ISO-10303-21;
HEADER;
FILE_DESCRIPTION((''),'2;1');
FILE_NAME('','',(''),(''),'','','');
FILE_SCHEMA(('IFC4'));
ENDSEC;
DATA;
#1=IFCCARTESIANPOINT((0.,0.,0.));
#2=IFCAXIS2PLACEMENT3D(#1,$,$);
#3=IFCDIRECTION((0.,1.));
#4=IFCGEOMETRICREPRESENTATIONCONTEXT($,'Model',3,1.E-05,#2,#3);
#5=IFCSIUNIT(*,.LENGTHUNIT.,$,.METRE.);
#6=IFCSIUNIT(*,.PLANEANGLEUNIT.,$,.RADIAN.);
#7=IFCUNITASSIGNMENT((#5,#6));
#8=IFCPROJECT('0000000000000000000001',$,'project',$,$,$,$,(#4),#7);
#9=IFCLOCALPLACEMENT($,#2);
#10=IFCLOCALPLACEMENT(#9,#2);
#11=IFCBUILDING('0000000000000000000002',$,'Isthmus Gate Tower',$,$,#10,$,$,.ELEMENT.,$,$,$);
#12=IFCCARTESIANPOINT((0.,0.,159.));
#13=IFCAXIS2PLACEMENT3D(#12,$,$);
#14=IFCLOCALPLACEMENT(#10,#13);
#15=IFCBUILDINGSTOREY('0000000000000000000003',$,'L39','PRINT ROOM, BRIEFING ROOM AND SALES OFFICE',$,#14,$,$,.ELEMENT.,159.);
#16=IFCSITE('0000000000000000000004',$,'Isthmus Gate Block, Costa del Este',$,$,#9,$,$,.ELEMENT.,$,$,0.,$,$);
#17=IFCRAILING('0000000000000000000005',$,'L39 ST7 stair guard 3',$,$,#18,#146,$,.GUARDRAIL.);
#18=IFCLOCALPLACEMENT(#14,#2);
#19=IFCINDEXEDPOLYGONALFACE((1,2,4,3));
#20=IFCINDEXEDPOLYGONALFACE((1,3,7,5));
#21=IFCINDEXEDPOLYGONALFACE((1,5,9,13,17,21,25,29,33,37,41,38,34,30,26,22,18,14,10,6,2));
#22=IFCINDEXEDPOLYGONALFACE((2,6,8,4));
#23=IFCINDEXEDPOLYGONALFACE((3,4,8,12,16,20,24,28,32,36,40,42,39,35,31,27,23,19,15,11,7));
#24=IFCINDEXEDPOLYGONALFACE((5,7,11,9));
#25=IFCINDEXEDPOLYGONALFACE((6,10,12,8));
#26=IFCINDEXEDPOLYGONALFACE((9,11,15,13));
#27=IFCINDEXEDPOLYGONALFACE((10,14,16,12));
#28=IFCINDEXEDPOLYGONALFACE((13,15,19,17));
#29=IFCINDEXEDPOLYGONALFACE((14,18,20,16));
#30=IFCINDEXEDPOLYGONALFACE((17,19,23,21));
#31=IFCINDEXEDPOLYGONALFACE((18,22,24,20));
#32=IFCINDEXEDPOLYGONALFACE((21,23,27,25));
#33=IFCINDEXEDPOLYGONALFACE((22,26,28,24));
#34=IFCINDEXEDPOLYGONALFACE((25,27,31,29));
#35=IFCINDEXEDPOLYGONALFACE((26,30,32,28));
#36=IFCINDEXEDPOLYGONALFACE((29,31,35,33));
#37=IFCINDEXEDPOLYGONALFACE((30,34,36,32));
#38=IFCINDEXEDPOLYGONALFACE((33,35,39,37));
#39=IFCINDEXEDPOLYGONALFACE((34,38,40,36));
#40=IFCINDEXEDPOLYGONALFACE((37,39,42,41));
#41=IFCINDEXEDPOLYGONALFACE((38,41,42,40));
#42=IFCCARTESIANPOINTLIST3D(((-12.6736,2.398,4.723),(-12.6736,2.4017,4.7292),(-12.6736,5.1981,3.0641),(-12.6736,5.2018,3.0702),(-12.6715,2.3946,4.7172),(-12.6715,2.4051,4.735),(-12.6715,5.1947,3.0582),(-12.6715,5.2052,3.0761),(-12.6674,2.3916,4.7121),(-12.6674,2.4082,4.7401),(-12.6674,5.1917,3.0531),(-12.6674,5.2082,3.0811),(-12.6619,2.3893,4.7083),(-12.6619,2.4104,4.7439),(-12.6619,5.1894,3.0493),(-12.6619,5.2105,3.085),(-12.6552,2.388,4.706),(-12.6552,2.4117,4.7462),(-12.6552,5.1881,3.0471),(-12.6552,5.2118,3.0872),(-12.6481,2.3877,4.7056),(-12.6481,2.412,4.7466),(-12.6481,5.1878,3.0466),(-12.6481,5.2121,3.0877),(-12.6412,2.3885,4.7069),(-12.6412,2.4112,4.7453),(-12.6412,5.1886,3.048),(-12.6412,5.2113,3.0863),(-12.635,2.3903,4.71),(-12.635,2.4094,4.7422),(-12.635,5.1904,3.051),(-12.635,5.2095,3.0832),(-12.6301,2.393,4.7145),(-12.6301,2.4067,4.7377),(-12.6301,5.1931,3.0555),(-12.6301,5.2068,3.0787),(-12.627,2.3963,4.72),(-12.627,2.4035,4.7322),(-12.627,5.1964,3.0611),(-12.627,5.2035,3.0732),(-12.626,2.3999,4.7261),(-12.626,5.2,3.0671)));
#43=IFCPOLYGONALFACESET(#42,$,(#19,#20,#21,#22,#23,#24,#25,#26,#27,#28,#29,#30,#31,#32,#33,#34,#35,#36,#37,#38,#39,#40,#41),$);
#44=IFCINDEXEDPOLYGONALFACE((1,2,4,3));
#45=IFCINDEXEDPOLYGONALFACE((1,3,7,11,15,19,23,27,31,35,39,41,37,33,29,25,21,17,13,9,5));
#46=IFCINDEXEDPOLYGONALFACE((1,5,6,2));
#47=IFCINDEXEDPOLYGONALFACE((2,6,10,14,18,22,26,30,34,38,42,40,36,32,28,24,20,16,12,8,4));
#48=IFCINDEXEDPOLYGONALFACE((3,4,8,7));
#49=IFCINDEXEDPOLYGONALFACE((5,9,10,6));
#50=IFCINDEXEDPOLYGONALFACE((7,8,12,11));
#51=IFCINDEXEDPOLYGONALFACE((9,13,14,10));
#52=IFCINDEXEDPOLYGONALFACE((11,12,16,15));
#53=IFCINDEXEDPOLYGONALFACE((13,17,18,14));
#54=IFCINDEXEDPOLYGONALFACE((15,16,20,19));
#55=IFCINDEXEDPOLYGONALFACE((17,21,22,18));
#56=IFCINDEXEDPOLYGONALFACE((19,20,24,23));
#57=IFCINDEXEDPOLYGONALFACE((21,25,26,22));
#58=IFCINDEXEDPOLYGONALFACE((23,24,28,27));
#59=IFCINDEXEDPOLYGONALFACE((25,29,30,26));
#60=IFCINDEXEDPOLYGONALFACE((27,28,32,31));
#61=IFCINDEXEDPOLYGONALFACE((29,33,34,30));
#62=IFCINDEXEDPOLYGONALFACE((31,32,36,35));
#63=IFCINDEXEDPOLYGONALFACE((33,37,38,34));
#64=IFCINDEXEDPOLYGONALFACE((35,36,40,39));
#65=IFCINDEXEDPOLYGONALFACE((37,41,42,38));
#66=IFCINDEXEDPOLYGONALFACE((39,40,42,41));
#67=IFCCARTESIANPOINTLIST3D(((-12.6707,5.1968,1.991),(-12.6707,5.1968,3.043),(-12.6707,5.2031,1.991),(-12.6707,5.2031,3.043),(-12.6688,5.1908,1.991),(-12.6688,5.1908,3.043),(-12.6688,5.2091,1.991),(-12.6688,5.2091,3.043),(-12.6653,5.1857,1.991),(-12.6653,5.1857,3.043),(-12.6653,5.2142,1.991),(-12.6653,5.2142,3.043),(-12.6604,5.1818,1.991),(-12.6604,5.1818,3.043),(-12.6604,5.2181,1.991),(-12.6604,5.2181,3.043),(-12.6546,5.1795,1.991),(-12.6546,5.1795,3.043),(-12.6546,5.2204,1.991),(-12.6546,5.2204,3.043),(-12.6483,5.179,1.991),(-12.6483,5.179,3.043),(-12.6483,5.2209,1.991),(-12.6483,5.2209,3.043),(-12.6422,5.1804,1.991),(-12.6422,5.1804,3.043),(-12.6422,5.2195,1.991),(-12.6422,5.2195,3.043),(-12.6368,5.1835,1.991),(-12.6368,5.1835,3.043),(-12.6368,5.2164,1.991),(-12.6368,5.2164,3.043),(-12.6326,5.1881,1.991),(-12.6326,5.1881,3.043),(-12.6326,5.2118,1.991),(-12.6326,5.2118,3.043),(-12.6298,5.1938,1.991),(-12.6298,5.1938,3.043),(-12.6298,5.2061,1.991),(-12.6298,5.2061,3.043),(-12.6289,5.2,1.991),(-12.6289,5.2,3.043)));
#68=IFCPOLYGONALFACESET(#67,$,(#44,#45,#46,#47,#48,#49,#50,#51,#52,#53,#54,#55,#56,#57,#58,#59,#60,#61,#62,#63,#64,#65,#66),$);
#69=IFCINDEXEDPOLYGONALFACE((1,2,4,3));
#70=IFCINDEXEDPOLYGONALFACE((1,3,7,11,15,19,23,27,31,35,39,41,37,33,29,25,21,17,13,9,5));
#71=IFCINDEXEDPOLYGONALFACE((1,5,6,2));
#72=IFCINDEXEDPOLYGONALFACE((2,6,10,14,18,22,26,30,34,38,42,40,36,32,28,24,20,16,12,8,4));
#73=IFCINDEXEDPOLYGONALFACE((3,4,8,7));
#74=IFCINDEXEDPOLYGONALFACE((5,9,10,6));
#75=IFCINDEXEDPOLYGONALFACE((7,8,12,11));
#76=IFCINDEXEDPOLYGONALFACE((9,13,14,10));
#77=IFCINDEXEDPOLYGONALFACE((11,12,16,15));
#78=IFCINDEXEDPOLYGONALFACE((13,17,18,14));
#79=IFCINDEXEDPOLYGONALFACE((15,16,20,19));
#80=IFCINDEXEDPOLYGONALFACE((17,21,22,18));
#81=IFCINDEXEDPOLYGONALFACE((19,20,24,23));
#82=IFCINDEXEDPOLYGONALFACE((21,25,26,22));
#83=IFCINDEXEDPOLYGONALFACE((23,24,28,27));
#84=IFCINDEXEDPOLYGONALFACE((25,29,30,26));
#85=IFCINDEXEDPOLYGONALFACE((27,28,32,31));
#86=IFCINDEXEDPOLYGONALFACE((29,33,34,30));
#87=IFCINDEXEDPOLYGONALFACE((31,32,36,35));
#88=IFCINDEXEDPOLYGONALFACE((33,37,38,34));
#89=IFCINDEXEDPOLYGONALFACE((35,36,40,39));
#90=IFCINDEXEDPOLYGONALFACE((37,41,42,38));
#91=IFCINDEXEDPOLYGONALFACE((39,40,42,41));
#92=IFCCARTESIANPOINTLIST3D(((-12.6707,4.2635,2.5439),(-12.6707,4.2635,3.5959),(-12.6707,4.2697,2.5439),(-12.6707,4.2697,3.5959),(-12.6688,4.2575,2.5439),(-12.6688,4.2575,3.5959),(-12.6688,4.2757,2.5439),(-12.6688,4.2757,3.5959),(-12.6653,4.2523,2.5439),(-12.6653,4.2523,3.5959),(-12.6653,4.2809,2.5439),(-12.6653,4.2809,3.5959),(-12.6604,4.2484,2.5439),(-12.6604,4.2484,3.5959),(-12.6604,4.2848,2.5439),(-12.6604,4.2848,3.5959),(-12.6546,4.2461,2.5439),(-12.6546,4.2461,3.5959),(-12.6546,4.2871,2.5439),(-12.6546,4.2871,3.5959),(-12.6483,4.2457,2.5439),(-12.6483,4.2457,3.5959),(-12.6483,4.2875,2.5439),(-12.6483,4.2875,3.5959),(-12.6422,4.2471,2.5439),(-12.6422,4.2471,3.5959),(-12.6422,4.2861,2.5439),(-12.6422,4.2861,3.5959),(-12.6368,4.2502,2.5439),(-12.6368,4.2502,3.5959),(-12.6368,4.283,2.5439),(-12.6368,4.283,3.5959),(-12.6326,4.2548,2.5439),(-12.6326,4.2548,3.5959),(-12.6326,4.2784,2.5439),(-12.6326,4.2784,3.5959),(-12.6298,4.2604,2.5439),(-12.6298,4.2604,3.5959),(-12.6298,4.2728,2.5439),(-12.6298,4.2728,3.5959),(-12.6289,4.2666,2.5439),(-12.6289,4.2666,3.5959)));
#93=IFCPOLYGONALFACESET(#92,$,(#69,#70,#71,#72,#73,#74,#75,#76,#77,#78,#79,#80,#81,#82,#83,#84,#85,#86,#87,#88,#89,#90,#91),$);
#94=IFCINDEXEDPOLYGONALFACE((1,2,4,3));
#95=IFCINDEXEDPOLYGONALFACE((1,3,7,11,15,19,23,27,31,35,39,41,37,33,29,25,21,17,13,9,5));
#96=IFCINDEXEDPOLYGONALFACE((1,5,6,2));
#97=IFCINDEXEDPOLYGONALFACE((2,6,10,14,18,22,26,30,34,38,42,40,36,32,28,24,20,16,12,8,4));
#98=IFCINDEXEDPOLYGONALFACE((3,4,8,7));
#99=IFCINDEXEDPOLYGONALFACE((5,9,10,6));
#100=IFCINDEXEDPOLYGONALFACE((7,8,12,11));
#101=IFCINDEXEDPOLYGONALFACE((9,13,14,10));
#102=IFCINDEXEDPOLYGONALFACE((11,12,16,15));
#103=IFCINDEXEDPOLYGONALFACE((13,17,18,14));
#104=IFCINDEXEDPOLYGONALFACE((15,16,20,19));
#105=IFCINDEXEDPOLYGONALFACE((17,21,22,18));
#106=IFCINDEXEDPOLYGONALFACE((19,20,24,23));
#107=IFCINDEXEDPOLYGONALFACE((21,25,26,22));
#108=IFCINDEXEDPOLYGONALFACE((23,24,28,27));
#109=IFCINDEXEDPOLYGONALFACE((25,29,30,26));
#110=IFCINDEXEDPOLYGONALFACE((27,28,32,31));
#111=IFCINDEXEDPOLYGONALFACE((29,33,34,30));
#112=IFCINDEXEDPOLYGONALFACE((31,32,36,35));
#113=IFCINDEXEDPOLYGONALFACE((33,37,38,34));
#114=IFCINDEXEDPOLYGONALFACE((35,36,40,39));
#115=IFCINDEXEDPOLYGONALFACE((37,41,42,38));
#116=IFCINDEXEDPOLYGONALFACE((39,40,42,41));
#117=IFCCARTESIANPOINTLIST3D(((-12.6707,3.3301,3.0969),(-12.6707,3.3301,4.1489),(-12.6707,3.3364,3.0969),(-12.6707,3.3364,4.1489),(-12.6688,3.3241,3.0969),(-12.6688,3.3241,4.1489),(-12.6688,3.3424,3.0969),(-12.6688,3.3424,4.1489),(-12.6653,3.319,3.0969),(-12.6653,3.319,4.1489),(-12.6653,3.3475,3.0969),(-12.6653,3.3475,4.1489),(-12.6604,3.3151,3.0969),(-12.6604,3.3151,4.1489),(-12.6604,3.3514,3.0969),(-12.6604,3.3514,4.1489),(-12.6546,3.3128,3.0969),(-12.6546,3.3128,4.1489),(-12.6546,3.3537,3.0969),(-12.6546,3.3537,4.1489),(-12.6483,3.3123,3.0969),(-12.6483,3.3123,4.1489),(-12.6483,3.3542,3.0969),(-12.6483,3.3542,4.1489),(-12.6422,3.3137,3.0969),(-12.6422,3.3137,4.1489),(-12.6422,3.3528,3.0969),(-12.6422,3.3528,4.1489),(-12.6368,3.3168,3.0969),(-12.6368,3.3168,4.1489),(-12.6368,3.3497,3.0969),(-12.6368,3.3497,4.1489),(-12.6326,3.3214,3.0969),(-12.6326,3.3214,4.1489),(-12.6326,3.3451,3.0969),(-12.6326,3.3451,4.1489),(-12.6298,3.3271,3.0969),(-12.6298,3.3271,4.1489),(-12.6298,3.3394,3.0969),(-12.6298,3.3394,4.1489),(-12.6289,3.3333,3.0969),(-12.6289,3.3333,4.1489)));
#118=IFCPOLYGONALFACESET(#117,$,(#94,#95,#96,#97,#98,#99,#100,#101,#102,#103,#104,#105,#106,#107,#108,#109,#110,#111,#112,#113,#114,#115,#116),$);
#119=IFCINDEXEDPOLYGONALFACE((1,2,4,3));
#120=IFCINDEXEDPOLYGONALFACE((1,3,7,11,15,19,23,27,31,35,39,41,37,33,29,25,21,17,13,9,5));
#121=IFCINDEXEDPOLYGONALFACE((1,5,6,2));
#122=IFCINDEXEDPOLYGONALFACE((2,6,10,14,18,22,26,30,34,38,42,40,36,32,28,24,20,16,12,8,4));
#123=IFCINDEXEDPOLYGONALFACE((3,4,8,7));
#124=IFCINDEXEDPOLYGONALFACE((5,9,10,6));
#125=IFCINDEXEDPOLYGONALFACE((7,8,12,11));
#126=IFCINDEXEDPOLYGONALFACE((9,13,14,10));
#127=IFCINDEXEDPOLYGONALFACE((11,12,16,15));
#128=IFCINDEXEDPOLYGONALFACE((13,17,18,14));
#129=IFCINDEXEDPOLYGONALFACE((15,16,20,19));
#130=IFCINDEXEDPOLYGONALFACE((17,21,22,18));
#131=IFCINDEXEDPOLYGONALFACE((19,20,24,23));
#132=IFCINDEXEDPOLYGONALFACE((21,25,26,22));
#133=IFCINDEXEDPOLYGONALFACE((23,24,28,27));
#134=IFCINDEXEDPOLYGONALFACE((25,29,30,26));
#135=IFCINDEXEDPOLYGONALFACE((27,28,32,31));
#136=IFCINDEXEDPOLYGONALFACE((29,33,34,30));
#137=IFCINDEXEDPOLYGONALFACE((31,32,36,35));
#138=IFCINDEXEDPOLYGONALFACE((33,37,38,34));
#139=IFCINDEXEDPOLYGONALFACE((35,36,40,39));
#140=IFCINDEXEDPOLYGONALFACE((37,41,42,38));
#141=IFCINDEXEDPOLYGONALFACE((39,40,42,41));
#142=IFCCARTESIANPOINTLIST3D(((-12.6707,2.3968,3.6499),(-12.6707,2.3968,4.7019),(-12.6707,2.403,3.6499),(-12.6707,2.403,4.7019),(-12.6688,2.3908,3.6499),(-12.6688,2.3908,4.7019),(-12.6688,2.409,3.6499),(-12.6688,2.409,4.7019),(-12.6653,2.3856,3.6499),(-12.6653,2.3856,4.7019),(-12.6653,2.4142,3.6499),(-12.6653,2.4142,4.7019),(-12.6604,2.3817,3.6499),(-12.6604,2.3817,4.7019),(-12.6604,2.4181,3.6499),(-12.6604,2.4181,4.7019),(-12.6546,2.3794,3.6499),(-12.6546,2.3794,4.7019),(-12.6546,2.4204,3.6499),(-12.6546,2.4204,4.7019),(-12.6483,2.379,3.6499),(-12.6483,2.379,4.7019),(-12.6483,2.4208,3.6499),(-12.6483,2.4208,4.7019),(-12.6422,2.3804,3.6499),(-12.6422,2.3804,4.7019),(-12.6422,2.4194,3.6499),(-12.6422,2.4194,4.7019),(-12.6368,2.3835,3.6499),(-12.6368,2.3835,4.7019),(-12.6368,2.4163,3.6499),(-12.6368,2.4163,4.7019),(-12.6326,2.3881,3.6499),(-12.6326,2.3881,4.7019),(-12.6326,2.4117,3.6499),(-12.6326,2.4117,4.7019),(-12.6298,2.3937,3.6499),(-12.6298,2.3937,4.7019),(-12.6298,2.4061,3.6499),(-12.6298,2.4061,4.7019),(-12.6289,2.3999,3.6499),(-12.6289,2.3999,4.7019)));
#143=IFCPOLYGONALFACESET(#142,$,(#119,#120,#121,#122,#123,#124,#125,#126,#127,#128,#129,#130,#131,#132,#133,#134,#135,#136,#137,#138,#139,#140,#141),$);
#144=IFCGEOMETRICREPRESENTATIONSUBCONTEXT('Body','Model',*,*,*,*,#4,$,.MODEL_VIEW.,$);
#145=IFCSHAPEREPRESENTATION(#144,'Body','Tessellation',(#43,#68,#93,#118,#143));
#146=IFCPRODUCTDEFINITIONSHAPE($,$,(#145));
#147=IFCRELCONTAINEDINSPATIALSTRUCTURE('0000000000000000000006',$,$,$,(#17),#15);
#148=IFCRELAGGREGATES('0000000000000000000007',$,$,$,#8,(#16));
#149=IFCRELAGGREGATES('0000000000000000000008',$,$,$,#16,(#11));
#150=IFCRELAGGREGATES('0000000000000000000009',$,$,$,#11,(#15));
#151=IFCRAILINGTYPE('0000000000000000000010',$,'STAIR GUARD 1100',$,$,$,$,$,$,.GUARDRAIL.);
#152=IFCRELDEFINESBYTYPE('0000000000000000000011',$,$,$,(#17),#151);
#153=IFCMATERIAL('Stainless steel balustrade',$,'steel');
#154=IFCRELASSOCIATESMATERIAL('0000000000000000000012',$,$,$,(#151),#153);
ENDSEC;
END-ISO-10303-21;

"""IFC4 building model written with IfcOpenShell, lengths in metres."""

from ifc_helpers import new_model, si_unit, direction, frame, origin, origin_2d, place, context, subcontext, project, spatial, circle, extrude, material, type_object, element, save


model = new_model("IFC4")

# Units and contexts
model_context = context("Model", 3, precision=1e-05, world=origin(), true_north=direction((0.0, 1.0)))
body_context = subcontext(model_context, "Body", "Model", "MODEL_VIEW")
ifc_project = project(units=[si_unit("LENGTHUNIT", "METRE"), si_unit("PLANEANGLEUNIT", "RADIAN")], contexts=[model_context])

# Site, building, storey
site_placement = place(None, origin())
site = spatial("IfcSite", under=ifc_project, at=site_placement, Name="Isthmus Gate Block, Costa del Este", CompositionType="ELEMENT", RefElevation=0.0)
building_placement = place(site_placement, origin())
building = spatial("IfcBuilding", under=site, at=building_placement, Name="Isthmus Gate Tower", CompositionType="ELEMENT")
storey_placement = place(building_placement, frame((0.0, 0.0, 159.0)))
storey = spatial("IfcBuildingStorey", under=building, at=storey_placement, Name="L39", Description="PRINT ROOM, BRIEFING ROOM AND SALES OFFICE", CompositionType="ELEMENT", Elevation=159.0)

# Railing
ifc_material_1 = material(Name="Stainless steel balustrade", Category="steel")
railing_type_1 = type_object("IfcRailingType", Name="STAIR GUARD 1100", PredefinedType="GUARDRAIL", material=ifc_material_1)
railing_1_placement = place(storey_placement, frame((-12.6499, 5.2, 1.991)))
element("IfcRailing", 1, at=railing_1_placement, inside=storey, type_object=railing_type_1, Name="L39 ST7 stair guard 3", PredefinedType="GUARDRAIL", context=body_context, shape_type="SweptSolid", body=[
    extrude(circle(Radius=0.0239, at=origin_2d()), frame((0.0, 0.0, 1.0762), z_axis=(0.0, -0.860339, 0.509722), x_axis=(1.0, 0.0, 0.0)), (0.0, 0.0, 1.0), 3.2546),
    extrude(circle(Radius=0.021, at=origin_2d()), origin(), (0.0, 0.0, 1.0), 1.052),
    extrude(circle(Radius=0.021, at=origin_2d()), frame((0.0, -0.9333, 0.553)), (0.0, 0.0, 1.0), 1.052),
    extrude(circle(Radius=0.021, at=origin_2d()), frame((0.0, -1.8667, 1.106)), (0.0, 0.0, 1.0), 1.052),
    extrude(circle(Radius=0.021, at=origin_2d()), frame((0.0, -2.8, 1.6589)), (0.0, 0.0, 1.0), 1.052),
])

save(model, "model.ifc")
